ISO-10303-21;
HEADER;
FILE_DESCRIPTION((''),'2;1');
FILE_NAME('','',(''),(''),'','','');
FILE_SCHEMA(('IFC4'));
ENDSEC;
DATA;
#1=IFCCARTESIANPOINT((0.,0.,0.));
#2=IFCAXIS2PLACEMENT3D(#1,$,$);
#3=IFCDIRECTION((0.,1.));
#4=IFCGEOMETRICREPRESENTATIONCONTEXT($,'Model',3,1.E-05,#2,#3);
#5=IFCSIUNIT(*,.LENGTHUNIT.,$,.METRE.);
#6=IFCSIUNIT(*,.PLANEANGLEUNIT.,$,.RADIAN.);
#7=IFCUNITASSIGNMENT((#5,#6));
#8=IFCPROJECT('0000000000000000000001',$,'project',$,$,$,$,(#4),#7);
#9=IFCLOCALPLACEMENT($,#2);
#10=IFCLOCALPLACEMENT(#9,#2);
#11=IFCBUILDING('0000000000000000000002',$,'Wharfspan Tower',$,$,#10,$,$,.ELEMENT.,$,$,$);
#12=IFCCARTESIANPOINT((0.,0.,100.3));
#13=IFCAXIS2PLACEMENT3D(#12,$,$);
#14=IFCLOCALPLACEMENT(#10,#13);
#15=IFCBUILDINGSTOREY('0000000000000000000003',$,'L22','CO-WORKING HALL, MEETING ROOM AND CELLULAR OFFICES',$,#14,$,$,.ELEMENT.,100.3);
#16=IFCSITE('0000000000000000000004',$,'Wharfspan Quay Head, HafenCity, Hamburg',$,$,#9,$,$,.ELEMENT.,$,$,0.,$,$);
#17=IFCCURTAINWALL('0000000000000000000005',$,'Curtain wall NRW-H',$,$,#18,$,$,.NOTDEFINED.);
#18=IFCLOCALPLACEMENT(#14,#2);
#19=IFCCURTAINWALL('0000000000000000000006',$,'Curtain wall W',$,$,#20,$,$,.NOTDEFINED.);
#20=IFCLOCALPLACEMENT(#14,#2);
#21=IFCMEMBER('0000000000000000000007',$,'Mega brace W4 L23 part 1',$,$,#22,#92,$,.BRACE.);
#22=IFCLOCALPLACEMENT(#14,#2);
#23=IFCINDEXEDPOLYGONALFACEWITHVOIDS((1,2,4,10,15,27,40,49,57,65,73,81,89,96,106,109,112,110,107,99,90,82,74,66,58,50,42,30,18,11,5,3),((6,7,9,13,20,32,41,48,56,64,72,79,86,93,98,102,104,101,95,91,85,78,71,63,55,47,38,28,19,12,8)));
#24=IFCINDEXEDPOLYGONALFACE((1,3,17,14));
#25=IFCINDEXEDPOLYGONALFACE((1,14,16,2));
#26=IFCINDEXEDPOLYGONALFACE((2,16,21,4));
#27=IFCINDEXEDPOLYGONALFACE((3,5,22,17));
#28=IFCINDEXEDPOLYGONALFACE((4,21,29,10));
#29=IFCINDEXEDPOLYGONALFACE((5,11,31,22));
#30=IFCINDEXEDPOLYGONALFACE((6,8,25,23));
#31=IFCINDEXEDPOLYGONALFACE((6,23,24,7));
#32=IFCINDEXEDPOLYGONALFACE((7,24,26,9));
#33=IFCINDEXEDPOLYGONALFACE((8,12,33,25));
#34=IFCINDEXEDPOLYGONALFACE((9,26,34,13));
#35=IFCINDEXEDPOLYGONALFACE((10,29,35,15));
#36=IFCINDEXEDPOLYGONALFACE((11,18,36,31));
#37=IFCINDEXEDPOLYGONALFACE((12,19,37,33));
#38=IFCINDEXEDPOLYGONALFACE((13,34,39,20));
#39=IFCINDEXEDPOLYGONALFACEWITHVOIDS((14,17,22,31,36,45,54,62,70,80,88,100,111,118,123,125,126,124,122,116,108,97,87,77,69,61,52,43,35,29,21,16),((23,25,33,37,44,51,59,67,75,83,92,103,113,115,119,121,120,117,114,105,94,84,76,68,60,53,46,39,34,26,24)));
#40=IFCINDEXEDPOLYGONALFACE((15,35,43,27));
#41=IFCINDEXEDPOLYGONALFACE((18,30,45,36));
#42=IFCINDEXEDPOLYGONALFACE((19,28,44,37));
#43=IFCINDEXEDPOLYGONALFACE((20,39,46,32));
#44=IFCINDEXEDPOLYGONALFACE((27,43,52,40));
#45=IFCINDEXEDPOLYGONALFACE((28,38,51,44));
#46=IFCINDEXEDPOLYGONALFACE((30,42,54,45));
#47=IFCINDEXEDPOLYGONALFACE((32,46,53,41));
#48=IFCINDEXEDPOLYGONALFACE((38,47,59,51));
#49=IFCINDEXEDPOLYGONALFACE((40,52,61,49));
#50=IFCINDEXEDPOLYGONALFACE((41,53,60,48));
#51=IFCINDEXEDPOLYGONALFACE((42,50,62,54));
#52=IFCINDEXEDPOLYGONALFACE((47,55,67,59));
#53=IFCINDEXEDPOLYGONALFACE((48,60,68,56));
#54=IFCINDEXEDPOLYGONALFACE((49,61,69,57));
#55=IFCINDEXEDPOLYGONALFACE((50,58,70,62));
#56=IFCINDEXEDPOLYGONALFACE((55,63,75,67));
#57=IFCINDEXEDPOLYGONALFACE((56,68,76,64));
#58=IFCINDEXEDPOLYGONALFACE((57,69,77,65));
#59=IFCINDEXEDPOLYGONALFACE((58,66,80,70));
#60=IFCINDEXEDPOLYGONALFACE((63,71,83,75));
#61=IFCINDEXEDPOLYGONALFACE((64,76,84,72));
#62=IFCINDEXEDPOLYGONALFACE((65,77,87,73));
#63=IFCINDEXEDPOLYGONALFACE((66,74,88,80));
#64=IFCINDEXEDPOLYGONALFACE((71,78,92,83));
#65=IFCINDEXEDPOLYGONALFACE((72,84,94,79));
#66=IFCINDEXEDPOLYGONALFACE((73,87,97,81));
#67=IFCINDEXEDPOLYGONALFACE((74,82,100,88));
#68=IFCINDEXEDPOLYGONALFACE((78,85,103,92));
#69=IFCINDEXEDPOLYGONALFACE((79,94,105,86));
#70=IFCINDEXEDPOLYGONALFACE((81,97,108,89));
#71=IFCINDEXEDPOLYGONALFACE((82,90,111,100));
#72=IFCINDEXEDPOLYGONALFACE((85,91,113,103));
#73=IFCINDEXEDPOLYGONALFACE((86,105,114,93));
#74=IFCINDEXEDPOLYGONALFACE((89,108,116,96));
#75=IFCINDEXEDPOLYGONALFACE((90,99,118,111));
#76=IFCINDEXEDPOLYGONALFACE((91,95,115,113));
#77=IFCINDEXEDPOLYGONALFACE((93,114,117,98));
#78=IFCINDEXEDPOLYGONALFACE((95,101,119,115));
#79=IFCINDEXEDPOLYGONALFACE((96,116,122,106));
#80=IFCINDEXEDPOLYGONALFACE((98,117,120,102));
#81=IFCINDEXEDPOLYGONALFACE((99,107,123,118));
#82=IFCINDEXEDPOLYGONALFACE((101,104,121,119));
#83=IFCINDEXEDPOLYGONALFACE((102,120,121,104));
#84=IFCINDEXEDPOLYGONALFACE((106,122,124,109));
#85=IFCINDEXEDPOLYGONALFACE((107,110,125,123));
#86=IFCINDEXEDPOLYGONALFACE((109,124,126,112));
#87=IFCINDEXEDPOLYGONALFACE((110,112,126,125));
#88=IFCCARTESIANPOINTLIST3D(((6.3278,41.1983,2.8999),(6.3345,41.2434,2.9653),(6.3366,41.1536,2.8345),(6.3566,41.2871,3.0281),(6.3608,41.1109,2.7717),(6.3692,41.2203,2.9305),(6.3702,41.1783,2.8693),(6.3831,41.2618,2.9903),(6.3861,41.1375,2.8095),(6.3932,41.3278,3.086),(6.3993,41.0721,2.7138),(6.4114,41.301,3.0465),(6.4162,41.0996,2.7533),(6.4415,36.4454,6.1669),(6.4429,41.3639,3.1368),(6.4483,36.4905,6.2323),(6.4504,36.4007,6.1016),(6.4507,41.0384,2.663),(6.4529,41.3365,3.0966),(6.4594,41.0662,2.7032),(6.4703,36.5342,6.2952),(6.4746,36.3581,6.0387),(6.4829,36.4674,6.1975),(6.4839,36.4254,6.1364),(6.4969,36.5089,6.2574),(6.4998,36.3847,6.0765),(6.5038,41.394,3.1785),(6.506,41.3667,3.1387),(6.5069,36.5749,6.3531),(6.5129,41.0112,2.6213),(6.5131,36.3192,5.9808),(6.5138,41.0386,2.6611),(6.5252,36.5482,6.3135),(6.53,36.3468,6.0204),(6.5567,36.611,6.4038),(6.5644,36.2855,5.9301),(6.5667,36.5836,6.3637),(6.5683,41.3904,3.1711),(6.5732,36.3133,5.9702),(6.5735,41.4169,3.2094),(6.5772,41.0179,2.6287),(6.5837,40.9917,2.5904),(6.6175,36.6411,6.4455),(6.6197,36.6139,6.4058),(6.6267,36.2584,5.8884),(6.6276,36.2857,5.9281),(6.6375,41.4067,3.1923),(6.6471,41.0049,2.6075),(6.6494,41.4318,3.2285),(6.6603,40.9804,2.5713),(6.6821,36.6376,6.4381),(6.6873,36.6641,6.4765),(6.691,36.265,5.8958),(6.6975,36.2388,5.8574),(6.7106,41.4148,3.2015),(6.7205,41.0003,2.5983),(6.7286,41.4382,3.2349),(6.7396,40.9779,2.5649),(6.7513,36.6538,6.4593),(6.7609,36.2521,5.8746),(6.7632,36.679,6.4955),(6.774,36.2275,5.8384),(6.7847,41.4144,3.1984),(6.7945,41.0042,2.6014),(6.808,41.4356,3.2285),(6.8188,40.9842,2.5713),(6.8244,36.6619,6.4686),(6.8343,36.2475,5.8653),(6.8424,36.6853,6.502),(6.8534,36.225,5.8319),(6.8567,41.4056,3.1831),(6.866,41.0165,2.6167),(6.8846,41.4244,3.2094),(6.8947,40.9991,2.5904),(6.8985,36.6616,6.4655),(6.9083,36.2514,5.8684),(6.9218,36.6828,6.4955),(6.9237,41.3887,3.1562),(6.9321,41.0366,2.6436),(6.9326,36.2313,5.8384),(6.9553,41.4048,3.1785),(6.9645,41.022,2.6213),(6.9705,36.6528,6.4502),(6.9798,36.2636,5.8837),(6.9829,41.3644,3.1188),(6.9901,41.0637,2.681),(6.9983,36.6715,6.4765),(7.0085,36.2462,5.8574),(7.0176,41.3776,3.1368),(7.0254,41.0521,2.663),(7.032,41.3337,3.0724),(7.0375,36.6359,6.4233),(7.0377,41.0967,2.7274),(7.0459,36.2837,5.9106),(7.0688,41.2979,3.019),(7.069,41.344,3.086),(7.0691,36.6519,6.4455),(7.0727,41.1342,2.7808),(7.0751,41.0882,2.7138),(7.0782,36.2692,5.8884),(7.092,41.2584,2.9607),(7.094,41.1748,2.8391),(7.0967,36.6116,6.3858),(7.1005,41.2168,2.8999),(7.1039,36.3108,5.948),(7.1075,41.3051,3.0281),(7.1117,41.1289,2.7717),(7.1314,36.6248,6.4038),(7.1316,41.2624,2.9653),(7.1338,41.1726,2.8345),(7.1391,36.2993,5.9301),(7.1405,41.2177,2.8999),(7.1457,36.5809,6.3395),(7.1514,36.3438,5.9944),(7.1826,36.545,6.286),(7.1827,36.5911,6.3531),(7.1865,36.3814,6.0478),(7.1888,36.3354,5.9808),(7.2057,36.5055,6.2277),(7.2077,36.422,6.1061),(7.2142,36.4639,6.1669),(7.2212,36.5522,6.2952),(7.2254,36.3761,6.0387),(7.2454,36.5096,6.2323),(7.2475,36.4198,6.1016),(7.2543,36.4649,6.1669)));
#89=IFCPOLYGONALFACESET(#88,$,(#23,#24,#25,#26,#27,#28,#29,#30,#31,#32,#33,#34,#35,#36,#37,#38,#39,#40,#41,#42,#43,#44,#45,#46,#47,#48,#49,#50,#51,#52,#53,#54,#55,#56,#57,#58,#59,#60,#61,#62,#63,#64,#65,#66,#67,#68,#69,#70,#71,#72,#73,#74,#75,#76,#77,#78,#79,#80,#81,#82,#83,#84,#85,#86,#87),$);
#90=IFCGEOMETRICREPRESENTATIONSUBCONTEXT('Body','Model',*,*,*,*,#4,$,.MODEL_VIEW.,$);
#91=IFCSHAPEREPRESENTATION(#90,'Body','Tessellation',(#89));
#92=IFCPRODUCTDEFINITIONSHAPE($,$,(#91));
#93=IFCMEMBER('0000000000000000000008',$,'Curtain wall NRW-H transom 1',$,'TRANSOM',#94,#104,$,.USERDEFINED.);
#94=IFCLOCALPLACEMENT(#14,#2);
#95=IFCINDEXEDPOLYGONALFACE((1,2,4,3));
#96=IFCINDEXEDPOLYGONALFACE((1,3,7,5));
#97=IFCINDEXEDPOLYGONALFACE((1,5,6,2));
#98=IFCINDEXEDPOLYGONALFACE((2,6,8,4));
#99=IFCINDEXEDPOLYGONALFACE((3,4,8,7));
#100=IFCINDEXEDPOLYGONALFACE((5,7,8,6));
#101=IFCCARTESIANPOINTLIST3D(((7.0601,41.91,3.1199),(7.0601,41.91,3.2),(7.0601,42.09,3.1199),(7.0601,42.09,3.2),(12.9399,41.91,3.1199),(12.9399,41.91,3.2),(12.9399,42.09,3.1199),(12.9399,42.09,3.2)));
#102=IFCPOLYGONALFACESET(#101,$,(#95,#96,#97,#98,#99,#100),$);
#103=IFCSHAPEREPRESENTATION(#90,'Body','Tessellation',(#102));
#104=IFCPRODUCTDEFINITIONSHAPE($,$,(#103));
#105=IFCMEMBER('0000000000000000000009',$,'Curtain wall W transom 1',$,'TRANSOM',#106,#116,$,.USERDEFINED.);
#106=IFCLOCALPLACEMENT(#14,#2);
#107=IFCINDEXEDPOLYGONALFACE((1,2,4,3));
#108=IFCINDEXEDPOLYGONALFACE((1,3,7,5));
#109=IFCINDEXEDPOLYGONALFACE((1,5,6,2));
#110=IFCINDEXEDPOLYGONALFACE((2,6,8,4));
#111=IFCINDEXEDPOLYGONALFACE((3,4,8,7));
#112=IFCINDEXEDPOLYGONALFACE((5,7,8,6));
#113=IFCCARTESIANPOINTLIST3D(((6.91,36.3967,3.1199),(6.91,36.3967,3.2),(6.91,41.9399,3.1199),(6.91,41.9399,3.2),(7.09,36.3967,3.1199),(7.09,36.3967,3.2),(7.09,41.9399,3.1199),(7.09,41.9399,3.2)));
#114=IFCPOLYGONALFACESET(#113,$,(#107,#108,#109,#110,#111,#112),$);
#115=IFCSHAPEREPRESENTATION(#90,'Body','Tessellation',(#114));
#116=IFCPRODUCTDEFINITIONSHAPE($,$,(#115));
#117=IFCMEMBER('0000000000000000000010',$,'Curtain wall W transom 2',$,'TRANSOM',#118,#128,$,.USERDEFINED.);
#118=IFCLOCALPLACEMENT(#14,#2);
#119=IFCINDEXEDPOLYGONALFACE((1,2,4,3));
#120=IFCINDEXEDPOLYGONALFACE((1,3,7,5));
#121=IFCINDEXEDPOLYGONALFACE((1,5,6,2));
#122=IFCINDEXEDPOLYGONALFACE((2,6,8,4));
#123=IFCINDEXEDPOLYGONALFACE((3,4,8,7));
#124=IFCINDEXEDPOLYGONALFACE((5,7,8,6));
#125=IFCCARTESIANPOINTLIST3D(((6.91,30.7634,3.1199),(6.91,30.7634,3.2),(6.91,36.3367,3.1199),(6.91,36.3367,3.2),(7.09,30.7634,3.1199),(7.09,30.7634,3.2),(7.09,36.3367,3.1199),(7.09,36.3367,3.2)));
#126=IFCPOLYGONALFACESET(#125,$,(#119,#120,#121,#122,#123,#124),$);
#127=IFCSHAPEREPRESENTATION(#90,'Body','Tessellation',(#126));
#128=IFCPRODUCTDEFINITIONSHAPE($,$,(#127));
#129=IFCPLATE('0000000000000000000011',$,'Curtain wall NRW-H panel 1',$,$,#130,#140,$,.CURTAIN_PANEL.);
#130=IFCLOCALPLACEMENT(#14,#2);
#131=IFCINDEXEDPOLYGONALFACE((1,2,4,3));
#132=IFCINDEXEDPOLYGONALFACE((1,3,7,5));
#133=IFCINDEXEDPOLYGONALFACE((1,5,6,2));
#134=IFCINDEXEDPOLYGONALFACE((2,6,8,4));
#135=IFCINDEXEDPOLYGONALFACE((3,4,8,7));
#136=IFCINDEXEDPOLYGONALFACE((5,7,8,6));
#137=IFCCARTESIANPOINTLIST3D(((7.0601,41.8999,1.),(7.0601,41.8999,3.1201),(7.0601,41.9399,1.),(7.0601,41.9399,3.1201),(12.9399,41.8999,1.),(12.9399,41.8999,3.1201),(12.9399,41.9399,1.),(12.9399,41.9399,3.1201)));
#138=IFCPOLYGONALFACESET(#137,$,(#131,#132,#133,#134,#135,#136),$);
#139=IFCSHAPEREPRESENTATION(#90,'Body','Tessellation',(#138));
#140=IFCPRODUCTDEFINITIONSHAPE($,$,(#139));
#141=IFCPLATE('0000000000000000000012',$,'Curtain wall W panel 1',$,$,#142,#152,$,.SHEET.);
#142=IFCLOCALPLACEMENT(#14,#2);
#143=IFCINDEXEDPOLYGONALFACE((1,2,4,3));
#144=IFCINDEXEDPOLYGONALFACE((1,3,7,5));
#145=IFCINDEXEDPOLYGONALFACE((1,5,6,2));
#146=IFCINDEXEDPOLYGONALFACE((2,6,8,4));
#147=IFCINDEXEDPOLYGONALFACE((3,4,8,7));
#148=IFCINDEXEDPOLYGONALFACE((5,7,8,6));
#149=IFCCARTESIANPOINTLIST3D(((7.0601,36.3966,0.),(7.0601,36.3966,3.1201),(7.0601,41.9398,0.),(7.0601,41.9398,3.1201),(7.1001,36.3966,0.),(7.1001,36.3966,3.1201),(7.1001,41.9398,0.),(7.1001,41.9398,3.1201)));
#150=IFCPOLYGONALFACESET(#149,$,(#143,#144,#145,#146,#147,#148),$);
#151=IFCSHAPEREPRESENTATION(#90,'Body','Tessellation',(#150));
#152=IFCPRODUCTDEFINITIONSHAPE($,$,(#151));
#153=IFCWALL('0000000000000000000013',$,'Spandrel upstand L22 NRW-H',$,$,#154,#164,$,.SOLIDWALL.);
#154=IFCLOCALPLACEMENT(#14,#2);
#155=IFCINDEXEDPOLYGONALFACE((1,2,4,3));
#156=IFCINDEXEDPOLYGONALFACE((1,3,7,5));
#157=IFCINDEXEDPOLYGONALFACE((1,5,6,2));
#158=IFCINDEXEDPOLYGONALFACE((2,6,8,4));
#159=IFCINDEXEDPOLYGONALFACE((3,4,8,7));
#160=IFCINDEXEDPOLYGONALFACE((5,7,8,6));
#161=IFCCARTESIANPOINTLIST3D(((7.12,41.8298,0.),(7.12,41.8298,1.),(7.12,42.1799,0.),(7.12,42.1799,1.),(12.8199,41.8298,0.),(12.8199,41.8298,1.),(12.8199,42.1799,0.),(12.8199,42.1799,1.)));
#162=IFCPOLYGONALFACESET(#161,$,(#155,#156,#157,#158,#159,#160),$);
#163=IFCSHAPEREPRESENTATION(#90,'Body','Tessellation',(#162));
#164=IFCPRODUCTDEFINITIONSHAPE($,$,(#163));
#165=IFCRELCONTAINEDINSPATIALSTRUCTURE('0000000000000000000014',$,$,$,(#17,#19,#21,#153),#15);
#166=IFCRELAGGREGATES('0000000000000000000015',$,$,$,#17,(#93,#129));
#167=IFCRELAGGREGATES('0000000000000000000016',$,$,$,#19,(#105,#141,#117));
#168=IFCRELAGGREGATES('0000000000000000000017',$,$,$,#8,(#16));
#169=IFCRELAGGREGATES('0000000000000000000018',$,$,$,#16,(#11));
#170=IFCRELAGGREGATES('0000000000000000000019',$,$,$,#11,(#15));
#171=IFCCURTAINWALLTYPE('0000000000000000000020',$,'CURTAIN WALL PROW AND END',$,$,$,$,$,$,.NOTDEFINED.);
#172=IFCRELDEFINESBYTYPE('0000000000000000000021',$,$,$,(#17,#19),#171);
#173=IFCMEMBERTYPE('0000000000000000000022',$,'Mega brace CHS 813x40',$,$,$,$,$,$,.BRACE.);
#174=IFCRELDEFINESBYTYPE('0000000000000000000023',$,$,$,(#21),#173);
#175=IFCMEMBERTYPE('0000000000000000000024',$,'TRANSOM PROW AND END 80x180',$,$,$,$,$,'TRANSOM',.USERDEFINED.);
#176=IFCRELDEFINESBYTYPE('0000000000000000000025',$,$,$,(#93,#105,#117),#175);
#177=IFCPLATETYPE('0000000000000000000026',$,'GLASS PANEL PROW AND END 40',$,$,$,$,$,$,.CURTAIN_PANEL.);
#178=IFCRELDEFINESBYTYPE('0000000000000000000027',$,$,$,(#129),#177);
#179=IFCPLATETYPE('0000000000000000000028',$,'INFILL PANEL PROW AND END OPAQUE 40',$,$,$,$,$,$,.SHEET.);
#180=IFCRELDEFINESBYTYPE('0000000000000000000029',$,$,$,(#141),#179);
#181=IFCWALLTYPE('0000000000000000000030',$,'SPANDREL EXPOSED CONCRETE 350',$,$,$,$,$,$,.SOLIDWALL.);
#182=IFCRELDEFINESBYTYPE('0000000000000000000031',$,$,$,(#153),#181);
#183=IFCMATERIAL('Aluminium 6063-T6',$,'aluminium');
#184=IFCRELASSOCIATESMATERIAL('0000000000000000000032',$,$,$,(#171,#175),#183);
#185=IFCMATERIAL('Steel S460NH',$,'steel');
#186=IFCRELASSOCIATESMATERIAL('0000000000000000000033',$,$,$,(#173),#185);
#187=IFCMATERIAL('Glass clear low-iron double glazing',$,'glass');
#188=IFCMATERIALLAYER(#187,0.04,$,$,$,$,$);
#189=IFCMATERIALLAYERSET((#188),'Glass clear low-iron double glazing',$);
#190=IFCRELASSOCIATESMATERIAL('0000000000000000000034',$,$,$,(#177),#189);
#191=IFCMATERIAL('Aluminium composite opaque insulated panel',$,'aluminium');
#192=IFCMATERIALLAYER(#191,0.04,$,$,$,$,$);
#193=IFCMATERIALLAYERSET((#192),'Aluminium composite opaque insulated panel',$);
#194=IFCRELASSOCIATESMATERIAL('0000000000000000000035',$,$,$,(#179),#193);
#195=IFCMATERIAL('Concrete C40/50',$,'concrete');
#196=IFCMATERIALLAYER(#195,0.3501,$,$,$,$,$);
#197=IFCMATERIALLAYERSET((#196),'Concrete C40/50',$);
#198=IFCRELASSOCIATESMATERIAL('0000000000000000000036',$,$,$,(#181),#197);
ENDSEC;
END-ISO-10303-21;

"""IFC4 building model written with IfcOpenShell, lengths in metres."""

from ifc_helpers import new_model, si_unit, direction, frame, frame_2d, origin, origin_2d, place, context, subcontext, project, spatial, rectangle, hollow_circle, extrude, material, layer, layer_set, material_profile, profile_set, type_object, element, aggregate, save


model = new_model("IFC4")

# Units and contexts
model_context = context("Model", 3, precision=1e-05, world=origin(), true_north=direction((0.0, 1.0)))
body_context = subcontext(model_context, "Body", "Model", "MODEL_VIEW")
ifc_project = project(units=[si_unit("LENGTHUNIT", "METRE"), si_unit("PLANEANGLEUNIT", "RADIAN")], contexts=[model_context])

# Site, building, storey
site_placement = place(None, origin())
site = spatial("IfcSite", under=ifc_project, at=site_placement, Name="Wharfspan Quay Head, HafenCity, Hamburg", CompositionType="ELEMENT", RefElevation=0.0)
building_placement = place(site_placement, origin())
building = spatial("IfcBuilding", under=site, at=building_placement, Name="Wharfspan Tower", CompositionType="ELEMENT")
storey_placement = place(building_placement, frame((0.0, 0.0, 100.3)))
storey = spatial("IfcBuildingStorey", under=building, at=storey_placement, Name="L22", Description="CO-WORKING HALL, MEETING ROOM AND CELLULAR OFFICES", CompositionType="ELEMENT", Elevation=100.3)

# Curtain wall
ifc_material_1 = material(Name="Aluminium 6063-T6", Category="aluminium")
curtain_wall_type = type_object("IfcCurtainWallType", Name="CURTAIN WALL PROW AND END", PredefinedType="NOTDEFINED", material=ifc_material_1)
curtain_wall_1_placement = place(storey_placement, origin())
curtain_wall_1 = element("IfcCurtainWall", 1, at=curtain_wall_1_placement, inside=storey, type_object=curtain_wall_type, Name="Curtain wall NRW-H", PredefinedType="NOTDEFINED")

# Curtain wall
curtain_wall_2_placement = place(storey_placement, origin())
curtain_wall_2 = element("IfcCurtainWall", 2, at=curtain_wall_2_placement, inside=storey, type_object=curtain_wall_type, Name="Curtain wall W", PredefinedType="NOTDEFINED")

# Members
ifc_material_2 = material(Name="Steel S460NH", Category="steel")
ifc_material_profile_1 = material_profile(ifc_material_2, hollow_circle(Radius=0.4065, WallThickness=0.04, at=origin_2d()))
ifc_profile_set_1 = profile_set([ifc_material_profile_1], Name="Steel S460NH")
member_type_1 = type_object("IfcMemberType", Name="Mega brace CHS 813x40", PredefinedType="BRACE", material=ifc_profile_set_1)
member_1_placement = place(storey_placement, frame((6.7341, 41.208, 2.8999), z_axis=(0.019722, -0.823926, 0.566354), x_axis=(0.999713, 0.023927, -0.000004)))
element("IfcMember", 3, at=member_1_placement, inside=storey, type_object=member_type_1, Name="Mega brace W4 L23 part 1", PredefinedType="BRACE", context=body_context, shape_type="SweptSolid", body=[
    extrude(hollow_circle(Radius=0.4065, WallThickness=0.04, at=origin_2d()), origin(), (0.0, 0.0, 1.0), 5.7686),
])
ifc_material_profile_2 = material_profile(ifc_material_1, rectangle(XDim=0.1799, YDim=0.0801, at=origin_2d()))
ifc_profile_set_2 = profile_set([ifc_material_profile_2], Name="Aluminium 6063-T6")
member_type_2 = type_object("IfcMemberType", Name="TRANSOM PROW AND END 80x180", ElementType="TRANSOM", PredefinedType="USERDEFINED", material=ifc_profile_set_2)
member_2_placement = place(storey_placement, frame((12.9399, 42.0, 3.1599), z_axis=(-1.0, 0.0, 0.0), x_axis=(0.0, -1.0, 0.0)))
member_2 = element("IfcMember", 4, at=member_2_placement, type_object=member_type_2, Name="Curtain wall NRW-H transom 1", ObjectType="TRANSOM", PredefinedType="USERDEFINED", context=body_context, shape_type="SweptSolid", body=[
    extrude(rectangle(XDim=0.1799, YDim=0.0801, at=origin_2d()), origin(), (0.0, 0.0, 1.0), 5.8799),
])
member_3_placement = place(storey_placement, frame((7.0, 41.9399, 3.1599), z_axis=(0.0, -1.0, 0.0), x_axis=(1.0, 0.0, 0.0)))
member_3 = element("IfcMember", 5, at=member_3_placement, type_object=member_type_2, Name="Curtain wall W transom 1", ObjectType="TRANSOM", PredefinedType="USERDEFINED", context=body_context, shape_type="SweptSolid", body=[
    extrude(rectangle(XDim=0.1799, YDim=0.0801, at=origin_2d()), origin(), (0.0, 0.0, 1.0), 5.5432),
])
member_4_placement = place(storey_placement, frame((7.0, 36.3367, 3.1599), z_axis=(0.0, -1.0, 0.0), x_axis=(1.0, 0.0, 0.0)))
member_4 = element("IfcMember", 6, at=member_4_placement, type_object=member_type_2, Name="Curtain wall W transom 2", ObjectType="TRANSOM", PredefinedType="USERDEFINED", context=body_context, shape_type="SweptSolid", body=[
    extrude(rectangle(XDim=0.1799, YDim=0.0801, at=origin_2d()), origin(), (0.0, 0.0, 1.0), 5.5732),
])

# Plates
ifc_material_3 = material(Name="Glass clear low-iron double glazing", Category="glass")
ifc_layer_1 = layer(ifc_material_3, 0.04)
ifc_layer_set_1 = layer_set([ifc_layer_1], Name="Glass clear low-iron double glazing")
plate_type_1 = type_object("IfcPlateType", Name="GLASS PANEL PROW AND END 40", PredefinedType="CURTAIN_PANEL", material=ifc_layer_set_1)
plate_1_placement = place(storey_placement, frame((10.0, 41.9199, 1.0), z_axis=(0.0, 0.0, 1.0), x_axis=(-1.0, 0.0, 0.0)))
plate_1 = element("IfcPlate", 7, at=plate_1_placement, type_object=plate_type_1, Name="Curtain wall NRW-H panel 1", PredefinedType="CURTAIN_PANEL", context=body_context, shape_type="SweptSolid", body=[
    extrude(rectangle(XDim=5.8799, YDim=0.04, at=origin_2d()), origin(), (0.0, 0.0, 1.0), 2.1201),
])
aggregate(curtain_wall_1, [member_2, plate_1])
ifc_material_4 = material(Name="Aluminium composite opaque insulated panel", Category="aluminium")
ifc_layer_2 = layer(ifc_material_4, 0.04)
ifc_layer_set_2 = layer_set([ifc_layer_2], Name="Aluminium composite opaque insulated panel")
plate_type_2 = type_object("IfcPlateType", Name="INFILL PANEL PROW AND END OPAQUE 40", PredefinedType="SHEET", material=ifc_layer_set_2)
plate_2_placement = place(storey_placement, frame((7.0801, 39.1682, 0.0), z_axis=(0.0, 0.0, 1.0), x_axis=(0.0, -1.0, 0.0)))
plate_2 = element("IfcPlate", 8, at=plate_2_placement, type_object=plate_type_2, Name="Curtain wall W panel 1", PredefinedType="SHEET", context=body_context, shape_type="SweptSolid", body=[
    extrude(rectangle(XDim=5.5432, YDim=0.04, at=origin_2d()), origin(), (0.0, 0.0, 1.0), 3.1201),
])
aggregate(curtain_wall_2, [member_3, plate_2, member_4])

# Wall
ifc_material_5 = material(Name="Concrete C40/50", Category="concrete")
ifc_layer_3 = layer(ifc_material_5, 0.3501)
ifc_layer_set_3 = layer_set([ifc_layer_3], Name="Concrete C40/50")
wall_type = type_object("IfcWallType", Name="SPANDREL EXPOSED CONCRETE 350", PredefinedType="SOLIDWALL", material=ifc_layer_set_3)
wall_placement = place(storey_placement, frame((12.8201, 42.0049, 0.0), z_axis=(0.0, 0.0, 1.0), x_axis=(-1.0, 0.0, 0.0)))
element("IfcWall", 9, at=wall_placement, inside=storey, type_object=wall_type, Name="Spandrel upstand L22 NRW-H", PredefinedType="SOLIDWALL", context=body_context, shape_type="SweptSolid", body=[
    extrude(rectangle(XDim=5.7, YDim=0.3501, at=frame_2d((2.8501, 0.0))), origin(), (0.0, 0.0, 1.0), 1.0),
])

save(model, "model.ifc")
